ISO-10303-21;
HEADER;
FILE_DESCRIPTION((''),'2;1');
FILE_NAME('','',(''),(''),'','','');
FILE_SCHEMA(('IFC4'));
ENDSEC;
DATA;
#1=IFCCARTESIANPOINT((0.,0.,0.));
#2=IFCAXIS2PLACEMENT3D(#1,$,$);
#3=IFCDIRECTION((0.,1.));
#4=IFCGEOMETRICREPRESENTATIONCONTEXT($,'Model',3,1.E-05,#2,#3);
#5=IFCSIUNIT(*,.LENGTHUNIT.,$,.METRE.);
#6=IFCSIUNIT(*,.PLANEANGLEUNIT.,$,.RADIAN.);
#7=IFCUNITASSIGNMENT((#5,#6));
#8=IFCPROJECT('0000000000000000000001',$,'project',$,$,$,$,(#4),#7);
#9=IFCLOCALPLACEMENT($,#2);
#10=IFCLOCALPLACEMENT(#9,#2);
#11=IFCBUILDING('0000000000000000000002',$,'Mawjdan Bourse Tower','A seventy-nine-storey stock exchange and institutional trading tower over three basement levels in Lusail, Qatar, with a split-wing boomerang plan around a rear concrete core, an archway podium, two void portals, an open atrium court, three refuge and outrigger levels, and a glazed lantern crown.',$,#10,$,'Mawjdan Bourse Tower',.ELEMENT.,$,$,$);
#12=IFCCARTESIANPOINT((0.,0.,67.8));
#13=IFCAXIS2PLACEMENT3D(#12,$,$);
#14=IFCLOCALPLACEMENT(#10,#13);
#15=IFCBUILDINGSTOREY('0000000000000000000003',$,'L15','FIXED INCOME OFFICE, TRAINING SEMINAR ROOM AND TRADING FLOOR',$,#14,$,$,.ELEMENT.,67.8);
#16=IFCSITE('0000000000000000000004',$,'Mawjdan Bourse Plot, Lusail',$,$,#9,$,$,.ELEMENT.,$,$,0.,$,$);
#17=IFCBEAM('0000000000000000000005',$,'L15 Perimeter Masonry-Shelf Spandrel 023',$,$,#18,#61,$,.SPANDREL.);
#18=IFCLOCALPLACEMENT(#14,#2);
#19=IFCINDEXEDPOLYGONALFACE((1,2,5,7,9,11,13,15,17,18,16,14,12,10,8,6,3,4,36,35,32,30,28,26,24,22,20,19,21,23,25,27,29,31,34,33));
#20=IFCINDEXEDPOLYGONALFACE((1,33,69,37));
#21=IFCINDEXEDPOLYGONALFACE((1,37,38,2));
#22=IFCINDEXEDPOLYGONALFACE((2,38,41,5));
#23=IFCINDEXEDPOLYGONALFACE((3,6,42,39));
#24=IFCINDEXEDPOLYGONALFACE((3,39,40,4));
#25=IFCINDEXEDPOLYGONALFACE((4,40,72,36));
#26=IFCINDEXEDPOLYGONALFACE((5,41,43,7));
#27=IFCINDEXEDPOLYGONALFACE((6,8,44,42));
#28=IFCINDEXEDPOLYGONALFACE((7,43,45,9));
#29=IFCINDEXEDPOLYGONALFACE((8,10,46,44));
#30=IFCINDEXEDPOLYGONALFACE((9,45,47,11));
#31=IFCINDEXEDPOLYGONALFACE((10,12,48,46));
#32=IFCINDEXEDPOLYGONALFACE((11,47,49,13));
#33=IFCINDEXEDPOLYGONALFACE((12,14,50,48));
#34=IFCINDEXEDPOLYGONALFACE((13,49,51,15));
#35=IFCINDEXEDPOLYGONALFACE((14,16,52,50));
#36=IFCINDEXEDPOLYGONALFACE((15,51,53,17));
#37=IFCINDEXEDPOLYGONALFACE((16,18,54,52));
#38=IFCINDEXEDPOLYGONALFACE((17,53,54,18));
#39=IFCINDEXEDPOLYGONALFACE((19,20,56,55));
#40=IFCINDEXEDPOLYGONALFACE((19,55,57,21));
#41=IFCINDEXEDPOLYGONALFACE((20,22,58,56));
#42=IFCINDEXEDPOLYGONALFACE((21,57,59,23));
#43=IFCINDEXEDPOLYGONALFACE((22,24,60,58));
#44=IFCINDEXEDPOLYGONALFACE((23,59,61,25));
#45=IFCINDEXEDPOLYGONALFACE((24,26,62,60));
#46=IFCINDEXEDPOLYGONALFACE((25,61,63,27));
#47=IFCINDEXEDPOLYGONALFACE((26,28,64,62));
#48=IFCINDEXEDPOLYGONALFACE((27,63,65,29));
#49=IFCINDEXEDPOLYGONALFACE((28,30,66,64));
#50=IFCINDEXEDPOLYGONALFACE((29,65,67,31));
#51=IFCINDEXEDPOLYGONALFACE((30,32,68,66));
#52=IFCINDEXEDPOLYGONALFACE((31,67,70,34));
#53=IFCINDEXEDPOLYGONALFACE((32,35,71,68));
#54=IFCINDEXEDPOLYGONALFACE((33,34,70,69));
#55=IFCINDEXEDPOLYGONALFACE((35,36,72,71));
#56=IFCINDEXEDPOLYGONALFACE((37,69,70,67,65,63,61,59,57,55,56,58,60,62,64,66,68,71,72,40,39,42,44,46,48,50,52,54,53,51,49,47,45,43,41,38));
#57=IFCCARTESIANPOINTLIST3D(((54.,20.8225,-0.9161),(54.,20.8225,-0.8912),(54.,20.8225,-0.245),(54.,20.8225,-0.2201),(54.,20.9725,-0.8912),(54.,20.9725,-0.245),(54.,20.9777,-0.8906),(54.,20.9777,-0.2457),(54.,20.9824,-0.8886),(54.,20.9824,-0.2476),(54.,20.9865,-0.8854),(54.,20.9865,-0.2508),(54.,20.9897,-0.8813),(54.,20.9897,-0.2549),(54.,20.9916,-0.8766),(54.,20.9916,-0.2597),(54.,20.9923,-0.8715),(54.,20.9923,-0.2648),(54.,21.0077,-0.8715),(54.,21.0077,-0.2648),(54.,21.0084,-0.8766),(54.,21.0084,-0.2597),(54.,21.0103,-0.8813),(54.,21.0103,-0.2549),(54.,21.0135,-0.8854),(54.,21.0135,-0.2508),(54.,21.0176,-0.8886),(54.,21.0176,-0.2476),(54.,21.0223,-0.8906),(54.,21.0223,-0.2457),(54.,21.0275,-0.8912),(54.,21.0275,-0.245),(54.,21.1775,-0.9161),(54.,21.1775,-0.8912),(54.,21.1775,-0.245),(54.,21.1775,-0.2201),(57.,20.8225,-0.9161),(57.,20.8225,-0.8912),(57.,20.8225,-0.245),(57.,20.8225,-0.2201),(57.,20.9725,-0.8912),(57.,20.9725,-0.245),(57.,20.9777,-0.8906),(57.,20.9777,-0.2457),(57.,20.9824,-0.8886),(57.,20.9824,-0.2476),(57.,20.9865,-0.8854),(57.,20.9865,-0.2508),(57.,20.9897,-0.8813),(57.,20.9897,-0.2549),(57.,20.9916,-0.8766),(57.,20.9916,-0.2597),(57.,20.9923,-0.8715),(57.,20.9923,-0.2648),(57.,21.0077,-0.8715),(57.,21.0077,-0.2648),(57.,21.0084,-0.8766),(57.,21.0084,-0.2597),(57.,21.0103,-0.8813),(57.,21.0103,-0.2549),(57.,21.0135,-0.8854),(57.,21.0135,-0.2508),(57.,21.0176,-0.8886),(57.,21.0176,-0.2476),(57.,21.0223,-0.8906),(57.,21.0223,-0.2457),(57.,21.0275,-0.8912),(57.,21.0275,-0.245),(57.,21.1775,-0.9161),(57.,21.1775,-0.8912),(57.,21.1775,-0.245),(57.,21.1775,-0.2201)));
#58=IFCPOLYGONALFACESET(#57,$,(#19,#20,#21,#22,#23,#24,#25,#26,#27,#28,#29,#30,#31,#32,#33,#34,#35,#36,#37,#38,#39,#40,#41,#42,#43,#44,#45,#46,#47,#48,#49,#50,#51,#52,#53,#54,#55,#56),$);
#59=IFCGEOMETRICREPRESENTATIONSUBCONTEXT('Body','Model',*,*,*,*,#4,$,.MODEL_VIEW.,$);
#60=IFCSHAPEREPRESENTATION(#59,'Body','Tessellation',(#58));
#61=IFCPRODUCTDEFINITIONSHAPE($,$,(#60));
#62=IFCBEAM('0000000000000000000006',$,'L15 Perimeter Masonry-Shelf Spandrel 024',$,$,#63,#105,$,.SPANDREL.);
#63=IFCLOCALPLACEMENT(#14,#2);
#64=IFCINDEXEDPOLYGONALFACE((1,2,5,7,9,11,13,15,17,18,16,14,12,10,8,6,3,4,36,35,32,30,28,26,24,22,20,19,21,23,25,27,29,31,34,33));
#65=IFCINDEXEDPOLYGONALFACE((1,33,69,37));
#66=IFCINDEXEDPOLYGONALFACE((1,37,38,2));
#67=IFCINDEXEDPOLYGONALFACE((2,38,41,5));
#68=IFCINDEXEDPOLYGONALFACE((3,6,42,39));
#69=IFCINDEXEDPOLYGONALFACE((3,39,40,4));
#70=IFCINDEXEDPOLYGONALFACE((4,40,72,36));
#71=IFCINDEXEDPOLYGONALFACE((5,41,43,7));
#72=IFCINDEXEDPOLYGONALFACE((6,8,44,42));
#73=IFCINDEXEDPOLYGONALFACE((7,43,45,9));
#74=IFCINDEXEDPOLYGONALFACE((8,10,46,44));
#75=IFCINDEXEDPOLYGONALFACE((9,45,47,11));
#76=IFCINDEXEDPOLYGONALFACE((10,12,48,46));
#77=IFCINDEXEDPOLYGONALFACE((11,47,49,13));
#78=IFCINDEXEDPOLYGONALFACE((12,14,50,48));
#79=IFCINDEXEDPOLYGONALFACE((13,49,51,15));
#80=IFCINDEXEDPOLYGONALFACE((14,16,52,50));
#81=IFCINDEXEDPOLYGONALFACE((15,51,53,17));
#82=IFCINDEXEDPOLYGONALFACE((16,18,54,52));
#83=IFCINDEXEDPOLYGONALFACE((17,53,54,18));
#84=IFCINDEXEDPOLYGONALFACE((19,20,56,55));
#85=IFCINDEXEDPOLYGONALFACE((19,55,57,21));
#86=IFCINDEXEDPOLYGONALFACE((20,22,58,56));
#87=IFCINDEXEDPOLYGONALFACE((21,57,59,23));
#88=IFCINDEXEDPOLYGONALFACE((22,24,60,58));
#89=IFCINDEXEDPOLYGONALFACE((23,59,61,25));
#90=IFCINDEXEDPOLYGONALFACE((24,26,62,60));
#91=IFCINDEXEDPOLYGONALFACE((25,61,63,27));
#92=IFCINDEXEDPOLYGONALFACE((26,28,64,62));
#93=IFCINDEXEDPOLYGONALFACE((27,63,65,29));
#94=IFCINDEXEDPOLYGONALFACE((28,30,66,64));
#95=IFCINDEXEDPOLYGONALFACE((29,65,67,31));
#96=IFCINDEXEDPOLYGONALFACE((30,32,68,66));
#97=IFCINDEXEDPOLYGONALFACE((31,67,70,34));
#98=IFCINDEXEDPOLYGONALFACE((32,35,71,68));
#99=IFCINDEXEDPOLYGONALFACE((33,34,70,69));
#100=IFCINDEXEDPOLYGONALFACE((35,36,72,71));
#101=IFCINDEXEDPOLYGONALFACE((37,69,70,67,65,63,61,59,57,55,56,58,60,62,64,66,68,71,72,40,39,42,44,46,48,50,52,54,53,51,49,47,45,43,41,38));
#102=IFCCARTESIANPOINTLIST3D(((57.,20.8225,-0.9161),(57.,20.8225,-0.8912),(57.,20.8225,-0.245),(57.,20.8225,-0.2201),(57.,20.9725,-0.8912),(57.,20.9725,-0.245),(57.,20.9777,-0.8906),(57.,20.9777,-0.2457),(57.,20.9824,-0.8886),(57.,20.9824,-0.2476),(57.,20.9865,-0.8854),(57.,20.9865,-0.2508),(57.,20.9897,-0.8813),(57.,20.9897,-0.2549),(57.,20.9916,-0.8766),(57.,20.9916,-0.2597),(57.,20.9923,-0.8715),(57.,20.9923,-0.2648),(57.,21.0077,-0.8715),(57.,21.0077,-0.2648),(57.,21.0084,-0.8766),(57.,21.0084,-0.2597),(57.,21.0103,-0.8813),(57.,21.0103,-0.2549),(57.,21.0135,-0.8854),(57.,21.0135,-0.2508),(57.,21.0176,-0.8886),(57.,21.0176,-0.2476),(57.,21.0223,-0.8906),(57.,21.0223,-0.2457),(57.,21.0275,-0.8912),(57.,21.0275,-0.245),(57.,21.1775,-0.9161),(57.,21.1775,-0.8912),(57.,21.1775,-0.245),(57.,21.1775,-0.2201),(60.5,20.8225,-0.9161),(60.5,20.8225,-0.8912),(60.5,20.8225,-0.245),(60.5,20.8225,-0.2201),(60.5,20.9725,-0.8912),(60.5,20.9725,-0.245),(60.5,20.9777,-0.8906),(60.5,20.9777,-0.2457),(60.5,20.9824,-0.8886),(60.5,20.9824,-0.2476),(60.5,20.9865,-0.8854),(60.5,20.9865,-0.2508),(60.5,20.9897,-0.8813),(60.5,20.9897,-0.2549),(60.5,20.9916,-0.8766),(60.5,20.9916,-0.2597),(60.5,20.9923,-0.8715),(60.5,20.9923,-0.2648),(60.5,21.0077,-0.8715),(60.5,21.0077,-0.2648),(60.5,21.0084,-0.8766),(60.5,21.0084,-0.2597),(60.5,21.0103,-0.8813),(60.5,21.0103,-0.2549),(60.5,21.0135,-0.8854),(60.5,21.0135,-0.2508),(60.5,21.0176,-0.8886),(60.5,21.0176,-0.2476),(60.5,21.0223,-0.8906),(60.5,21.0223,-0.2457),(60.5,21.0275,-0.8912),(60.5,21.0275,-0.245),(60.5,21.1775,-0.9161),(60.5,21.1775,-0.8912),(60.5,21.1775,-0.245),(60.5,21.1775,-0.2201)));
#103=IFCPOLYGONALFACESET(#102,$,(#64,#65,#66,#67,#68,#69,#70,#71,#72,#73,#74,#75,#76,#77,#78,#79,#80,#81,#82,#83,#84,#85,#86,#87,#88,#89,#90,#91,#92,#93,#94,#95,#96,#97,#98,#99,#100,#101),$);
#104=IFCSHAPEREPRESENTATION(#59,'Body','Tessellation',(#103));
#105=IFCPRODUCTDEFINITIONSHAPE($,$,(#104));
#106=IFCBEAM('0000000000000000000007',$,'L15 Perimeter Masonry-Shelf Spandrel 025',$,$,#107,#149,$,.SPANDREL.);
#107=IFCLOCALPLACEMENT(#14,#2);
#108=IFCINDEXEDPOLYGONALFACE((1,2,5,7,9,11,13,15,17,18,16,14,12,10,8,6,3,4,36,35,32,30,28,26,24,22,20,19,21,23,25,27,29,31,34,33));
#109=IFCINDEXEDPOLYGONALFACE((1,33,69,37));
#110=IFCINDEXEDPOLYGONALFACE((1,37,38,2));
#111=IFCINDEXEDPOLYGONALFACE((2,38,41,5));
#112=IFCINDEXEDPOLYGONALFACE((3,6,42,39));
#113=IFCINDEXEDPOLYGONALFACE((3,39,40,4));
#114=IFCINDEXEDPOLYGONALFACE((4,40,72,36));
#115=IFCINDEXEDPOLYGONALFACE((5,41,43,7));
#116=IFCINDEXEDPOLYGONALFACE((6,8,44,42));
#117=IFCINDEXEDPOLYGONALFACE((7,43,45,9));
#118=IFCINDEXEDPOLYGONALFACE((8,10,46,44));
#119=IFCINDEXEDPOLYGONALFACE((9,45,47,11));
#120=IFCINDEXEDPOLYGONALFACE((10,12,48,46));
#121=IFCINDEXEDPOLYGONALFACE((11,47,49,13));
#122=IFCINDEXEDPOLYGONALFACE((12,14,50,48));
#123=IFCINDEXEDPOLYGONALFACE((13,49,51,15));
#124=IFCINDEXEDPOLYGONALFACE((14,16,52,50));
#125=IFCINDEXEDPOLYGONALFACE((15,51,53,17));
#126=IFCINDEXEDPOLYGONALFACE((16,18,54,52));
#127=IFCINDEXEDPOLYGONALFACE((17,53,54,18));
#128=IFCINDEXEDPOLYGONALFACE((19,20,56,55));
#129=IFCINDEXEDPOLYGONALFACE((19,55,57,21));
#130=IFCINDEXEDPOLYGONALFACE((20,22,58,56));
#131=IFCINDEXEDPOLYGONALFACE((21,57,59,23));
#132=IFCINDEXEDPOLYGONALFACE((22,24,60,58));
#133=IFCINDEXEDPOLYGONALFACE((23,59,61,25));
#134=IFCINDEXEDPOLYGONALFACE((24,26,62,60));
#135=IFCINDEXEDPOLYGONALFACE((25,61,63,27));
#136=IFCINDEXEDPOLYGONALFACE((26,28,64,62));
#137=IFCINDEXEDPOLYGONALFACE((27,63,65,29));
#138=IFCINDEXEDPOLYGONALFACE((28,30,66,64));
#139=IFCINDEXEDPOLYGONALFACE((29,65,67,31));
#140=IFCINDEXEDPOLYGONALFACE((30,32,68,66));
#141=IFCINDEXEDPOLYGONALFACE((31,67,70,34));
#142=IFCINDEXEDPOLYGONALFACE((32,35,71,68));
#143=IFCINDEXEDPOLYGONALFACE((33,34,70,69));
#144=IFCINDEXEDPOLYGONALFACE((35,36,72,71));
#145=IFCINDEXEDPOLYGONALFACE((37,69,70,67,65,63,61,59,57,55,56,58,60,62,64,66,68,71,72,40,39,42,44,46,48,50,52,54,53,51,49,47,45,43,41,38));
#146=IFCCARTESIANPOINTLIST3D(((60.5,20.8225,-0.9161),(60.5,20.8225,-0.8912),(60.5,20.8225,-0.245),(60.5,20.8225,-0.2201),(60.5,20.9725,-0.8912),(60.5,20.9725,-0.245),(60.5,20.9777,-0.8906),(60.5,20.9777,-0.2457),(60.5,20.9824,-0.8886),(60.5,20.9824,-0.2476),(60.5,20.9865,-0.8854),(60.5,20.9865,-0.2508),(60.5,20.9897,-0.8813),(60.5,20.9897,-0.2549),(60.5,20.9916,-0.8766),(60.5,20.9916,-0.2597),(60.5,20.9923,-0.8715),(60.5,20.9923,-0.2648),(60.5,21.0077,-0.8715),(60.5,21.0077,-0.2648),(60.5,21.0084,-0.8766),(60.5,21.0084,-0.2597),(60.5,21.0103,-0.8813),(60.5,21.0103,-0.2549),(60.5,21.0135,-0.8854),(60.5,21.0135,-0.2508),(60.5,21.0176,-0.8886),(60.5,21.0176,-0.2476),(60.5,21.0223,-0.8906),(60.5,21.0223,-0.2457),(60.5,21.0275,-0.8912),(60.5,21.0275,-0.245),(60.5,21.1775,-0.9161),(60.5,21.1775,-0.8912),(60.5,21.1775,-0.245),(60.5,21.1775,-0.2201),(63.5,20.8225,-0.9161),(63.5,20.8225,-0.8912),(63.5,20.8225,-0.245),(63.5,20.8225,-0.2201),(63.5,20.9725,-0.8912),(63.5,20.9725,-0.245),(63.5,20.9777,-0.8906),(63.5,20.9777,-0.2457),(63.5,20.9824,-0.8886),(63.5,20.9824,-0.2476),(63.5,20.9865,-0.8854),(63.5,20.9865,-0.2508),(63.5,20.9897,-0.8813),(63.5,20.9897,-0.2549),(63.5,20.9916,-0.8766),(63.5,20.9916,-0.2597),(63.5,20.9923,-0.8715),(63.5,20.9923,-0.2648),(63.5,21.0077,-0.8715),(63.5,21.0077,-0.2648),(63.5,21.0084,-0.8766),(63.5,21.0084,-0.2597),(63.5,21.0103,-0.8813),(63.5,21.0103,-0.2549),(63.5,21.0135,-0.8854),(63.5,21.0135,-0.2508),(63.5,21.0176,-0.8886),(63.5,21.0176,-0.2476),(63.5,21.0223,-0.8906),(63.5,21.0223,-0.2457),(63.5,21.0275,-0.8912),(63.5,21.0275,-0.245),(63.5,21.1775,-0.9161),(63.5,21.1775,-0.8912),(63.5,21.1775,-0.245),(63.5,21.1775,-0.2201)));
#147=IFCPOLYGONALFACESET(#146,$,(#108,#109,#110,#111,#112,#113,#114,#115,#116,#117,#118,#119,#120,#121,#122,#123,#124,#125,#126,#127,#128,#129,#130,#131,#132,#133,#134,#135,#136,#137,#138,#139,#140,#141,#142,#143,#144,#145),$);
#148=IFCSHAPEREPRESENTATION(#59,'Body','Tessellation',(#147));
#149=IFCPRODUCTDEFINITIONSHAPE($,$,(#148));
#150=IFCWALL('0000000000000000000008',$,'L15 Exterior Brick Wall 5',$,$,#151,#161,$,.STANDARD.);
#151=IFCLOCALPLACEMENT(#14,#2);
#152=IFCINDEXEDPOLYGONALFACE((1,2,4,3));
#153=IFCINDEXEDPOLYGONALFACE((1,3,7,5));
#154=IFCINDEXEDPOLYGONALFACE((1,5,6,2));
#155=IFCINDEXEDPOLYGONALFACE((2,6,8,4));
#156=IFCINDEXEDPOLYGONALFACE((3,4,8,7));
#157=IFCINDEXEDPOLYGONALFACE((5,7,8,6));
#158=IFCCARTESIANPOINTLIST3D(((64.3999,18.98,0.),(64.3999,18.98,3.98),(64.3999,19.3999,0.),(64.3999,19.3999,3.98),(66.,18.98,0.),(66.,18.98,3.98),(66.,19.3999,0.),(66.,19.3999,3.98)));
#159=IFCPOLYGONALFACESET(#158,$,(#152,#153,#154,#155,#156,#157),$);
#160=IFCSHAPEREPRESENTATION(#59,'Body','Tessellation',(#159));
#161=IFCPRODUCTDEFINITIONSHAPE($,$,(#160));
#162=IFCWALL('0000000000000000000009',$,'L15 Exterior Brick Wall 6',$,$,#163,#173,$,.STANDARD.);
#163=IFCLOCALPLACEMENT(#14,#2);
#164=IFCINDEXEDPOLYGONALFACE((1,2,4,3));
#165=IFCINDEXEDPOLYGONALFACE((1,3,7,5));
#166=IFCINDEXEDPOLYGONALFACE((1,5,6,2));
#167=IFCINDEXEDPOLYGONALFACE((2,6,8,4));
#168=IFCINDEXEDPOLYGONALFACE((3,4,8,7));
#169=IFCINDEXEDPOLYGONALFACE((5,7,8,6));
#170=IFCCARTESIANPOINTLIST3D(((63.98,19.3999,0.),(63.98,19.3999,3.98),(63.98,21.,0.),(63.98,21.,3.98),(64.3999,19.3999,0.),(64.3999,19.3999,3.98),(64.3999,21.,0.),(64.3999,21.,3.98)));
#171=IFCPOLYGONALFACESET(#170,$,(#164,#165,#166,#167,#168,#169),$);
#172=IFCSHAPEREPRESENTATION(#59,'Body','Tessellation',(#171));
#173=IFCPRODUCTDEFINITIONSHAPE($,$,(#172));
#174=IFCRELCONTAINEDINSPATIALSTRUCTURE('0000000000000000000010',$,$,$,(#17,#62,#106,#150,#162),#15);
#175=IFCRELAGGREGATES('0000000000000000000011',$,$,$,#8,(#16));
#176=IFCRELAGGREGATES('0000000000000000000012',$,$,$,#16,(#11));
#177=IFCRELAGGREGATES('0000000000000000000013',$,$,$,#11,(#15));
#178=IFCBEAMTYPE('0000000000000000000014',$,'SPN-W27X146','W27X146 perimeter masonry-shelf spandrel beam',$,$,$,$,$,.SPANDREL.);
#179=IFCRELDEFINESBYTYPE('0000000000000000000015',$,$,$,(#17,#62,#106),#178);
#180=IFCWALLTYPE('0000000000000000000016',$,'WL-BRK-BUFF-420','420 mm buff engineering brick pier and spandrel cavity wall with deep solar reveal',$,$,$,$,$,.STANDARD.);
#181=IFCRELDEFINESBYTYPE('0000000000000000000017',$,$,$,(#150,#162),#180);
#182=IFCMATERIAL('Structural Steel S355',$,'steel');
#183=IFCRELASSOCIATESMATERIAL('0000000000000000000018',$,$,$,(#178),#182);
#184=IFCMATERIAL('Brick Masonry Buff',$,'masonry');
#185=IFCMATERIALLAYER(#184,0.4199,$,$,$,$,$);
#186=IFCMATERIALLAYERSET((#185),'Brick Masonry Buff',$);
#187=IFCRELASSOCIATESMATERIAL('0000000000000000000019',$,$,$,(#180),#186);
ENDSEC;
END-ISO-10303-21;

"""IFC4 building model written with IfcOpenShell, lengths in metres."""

from ifc_helpers import new_model, si_unit, direction, frame, frame_2d, origin, origin_2d, place, context, subcontext, project, spatial, rectangle, i_section, extrude, material, layer, layer_set, material_profile, profile_set, type_object, element, save


model = new_model("IFC4")

# Units and contexts
model_context = context("Model", 3, precision=1e-05, world=origin(), true_north=direction((0.0, 1.0)))
body_context = subcontext(model_context, "Body", "Model", "MODEL_VIEW")
ifc_project = project(units=[si_unit("LENGTHUNIT", "METRE"), si_unit("PLANEANGLEUNIT", "RADIAN")], contexts=[model_context])

# Site, building, storey
site_placement = place(None, origin())
site = spatial("IfcSite", under=ifc_project, at=site_placement, Name="Mawjdan Bourse Plot, Lusail", CompositionType="ELEMENT", RefElevation=0.0)
building_placement = place(site_placement, origin())
building = spatial("IfcBuilding", under=site, at=building_placement, Name="Mawjdan Bourse Tower", Description="A seventy-nine-storey stock exchange and institutional trading tower over three basement levels in Lusail, Qatar, with a split-wing boomerang plan around a rear concrete core, an archway podium, two void portals, an open atrium court, three refuge and outrigger levels, and a glazed lantern crown.", LongName="Mawjdan Bourse Tower", CompositionType="ELEMENT")
storey_placement = place(building_placement, frame((0.0, 0.0, 67.8)))
storey = spatial("IfcBuildingStorey", under=building, at=storey_placement, Name="L15", Description="FIXED INCOME OFFICE, TRAINING SEMINAR ROOM AND TRADING FLOOR", CompositionType="ELEMENT", Elevation=67.8)

# Beams
ifc_material_1 = material(Name="Structural Steel S355", Category="steel")
ifc_material_profile_1 = material_profile(ifc_material_1, i_section(OverallWidth=0.355, OverallDepth=0.696, WebThickness=0.0154, FlangeThickness=0.0249, FilletRadius=0.0198, at=origin_2d()), Name="W27X146")
ifc_profile_set_1 = profile_set([ifc_material_profile_1], Name="Structural Steel S355")
beam_type_1 = type_object("IfcBeamType", Name="SPN-W27X146", Description="W27X146 perimeter masonry-shelf spandrel beam", PredefinedType="SPANDREL", material=ifc_profile_set_1)
beam_1_placement = place(storey_placement, frame((54.0, 21.0, -0.5681), z_axis=(1.0, 0.0, 0.0), x_axis=(0.0, 1.0, 0.0)))
element("IfcBeam", 1, at=beam_1_placement, inside=storey, type_object=beam_type_1, Name="L15 Perimeter Masonry-Shelf Spandrel 023", PredefinedType="SPANDREL", context=body_context, shape_type="SweptSolid", body=[
    extrude(i_section(OverallWidth=0.355, OverallDepth=0.696, WebThickness=0.0154, FlangeThickness=0.0249, FilletRadius=0.0198, at=origin_2d()), origin(), (0.0, 0.0, 1.0), 3.0),
])
beam_2_placement = place(storey_placement, frame((57.0, 21.0, -0.5681), z_axis=(1.0, 0.0, 0.0), x_axis=(0.0, 1.0, 0.0)))
element("IfcBeam", 2, at=beam_2_placement, inside=storey, type_object=beam_type_1, Name="L15 Perimeter Masonry-Shelf Spandrel 024", PredefinedType="SPANDREL", context=body_context, shape_type="SweptSolid", body=[
    extrude(i_section(OverallWidth=0.355, OverallDepth=0.696, WebThickness=0.0154, FlangeThickness=0.0249, FilletRadius=0.0198, at=origin_2d()), origin(), (0.0, 0.0, 1.0), 3.5),
])
beam_3_placement = place(storey_placement, frame((60.5, 21.0, -0.5681), z_axis=(1.0, 0.0, 0.0), x_axis=(0.0, 1.0, 0.0)))
element("IfcBeam", 3, at=beam_3_placement, inside=storey, type_object=beam_type_1, Name="L15 Perimeter Masonry-Shelf Spandrel 025", PredefinedType="SPANDREL", context=body_context, shape_type="SweptSolid", body=[
    extrude(i_section(OverallWidth=0.355, OverallDepth=0.696, WebThickness=0.0154, FlangeThickness=0.0249, FilletRadius=0.0198, at=origin_2d()), origin(), (0.0, 0.0, 1.0), 3.0),
])

# Walls
ifc_material_2 = material(Name="Brick Masonry Buff", Category="masonry")
ifc_layer = layer(ifc_material_2, 0.4199)
ifc_layer_set = layer_set([ifc_layer], Name="Brick Masonry Buff")
wall_type = type_object("IfcWallType", Name="WL-BRK-BUFF-420", Description="420 mm buff engineering brick pier and spandrel cavity wall with deep solar reveal", PredefinedType="STANDARD", material=ifc_layer_set)
for number, where, z_axis, x_axis, name in (
    (4, (66.0, 19.1899, 0.0), (0.0, 0.0, 1.0), (-1.0, 0.0, 0.0), "L15 Exterior Brick Wall 5"),
    (5, (64.1899, 19.3999, 0.0), (0.0, 0.0, 1.0), (0.0, 1.0, 0.0), "L15 Exterior Brick Wall 6"),
):
    element("IfcWall", number, at=place(storey_placement, frame(where, z_axis=z_axis, x_axis=x_axis)), inside=storey, type_object=wall_type, Name=name, PredefinedType="STANDARD", context=body_context, shape_type="SweptSolid", body=[
        extrude(rectangle(XDim=1.6001, YDim=0.4199, at=frame_2d((0.8, 0.0))), origin(), (0.0, 0.0, 1.0), 3.98),
    ])

save(model, "model.ifc")
